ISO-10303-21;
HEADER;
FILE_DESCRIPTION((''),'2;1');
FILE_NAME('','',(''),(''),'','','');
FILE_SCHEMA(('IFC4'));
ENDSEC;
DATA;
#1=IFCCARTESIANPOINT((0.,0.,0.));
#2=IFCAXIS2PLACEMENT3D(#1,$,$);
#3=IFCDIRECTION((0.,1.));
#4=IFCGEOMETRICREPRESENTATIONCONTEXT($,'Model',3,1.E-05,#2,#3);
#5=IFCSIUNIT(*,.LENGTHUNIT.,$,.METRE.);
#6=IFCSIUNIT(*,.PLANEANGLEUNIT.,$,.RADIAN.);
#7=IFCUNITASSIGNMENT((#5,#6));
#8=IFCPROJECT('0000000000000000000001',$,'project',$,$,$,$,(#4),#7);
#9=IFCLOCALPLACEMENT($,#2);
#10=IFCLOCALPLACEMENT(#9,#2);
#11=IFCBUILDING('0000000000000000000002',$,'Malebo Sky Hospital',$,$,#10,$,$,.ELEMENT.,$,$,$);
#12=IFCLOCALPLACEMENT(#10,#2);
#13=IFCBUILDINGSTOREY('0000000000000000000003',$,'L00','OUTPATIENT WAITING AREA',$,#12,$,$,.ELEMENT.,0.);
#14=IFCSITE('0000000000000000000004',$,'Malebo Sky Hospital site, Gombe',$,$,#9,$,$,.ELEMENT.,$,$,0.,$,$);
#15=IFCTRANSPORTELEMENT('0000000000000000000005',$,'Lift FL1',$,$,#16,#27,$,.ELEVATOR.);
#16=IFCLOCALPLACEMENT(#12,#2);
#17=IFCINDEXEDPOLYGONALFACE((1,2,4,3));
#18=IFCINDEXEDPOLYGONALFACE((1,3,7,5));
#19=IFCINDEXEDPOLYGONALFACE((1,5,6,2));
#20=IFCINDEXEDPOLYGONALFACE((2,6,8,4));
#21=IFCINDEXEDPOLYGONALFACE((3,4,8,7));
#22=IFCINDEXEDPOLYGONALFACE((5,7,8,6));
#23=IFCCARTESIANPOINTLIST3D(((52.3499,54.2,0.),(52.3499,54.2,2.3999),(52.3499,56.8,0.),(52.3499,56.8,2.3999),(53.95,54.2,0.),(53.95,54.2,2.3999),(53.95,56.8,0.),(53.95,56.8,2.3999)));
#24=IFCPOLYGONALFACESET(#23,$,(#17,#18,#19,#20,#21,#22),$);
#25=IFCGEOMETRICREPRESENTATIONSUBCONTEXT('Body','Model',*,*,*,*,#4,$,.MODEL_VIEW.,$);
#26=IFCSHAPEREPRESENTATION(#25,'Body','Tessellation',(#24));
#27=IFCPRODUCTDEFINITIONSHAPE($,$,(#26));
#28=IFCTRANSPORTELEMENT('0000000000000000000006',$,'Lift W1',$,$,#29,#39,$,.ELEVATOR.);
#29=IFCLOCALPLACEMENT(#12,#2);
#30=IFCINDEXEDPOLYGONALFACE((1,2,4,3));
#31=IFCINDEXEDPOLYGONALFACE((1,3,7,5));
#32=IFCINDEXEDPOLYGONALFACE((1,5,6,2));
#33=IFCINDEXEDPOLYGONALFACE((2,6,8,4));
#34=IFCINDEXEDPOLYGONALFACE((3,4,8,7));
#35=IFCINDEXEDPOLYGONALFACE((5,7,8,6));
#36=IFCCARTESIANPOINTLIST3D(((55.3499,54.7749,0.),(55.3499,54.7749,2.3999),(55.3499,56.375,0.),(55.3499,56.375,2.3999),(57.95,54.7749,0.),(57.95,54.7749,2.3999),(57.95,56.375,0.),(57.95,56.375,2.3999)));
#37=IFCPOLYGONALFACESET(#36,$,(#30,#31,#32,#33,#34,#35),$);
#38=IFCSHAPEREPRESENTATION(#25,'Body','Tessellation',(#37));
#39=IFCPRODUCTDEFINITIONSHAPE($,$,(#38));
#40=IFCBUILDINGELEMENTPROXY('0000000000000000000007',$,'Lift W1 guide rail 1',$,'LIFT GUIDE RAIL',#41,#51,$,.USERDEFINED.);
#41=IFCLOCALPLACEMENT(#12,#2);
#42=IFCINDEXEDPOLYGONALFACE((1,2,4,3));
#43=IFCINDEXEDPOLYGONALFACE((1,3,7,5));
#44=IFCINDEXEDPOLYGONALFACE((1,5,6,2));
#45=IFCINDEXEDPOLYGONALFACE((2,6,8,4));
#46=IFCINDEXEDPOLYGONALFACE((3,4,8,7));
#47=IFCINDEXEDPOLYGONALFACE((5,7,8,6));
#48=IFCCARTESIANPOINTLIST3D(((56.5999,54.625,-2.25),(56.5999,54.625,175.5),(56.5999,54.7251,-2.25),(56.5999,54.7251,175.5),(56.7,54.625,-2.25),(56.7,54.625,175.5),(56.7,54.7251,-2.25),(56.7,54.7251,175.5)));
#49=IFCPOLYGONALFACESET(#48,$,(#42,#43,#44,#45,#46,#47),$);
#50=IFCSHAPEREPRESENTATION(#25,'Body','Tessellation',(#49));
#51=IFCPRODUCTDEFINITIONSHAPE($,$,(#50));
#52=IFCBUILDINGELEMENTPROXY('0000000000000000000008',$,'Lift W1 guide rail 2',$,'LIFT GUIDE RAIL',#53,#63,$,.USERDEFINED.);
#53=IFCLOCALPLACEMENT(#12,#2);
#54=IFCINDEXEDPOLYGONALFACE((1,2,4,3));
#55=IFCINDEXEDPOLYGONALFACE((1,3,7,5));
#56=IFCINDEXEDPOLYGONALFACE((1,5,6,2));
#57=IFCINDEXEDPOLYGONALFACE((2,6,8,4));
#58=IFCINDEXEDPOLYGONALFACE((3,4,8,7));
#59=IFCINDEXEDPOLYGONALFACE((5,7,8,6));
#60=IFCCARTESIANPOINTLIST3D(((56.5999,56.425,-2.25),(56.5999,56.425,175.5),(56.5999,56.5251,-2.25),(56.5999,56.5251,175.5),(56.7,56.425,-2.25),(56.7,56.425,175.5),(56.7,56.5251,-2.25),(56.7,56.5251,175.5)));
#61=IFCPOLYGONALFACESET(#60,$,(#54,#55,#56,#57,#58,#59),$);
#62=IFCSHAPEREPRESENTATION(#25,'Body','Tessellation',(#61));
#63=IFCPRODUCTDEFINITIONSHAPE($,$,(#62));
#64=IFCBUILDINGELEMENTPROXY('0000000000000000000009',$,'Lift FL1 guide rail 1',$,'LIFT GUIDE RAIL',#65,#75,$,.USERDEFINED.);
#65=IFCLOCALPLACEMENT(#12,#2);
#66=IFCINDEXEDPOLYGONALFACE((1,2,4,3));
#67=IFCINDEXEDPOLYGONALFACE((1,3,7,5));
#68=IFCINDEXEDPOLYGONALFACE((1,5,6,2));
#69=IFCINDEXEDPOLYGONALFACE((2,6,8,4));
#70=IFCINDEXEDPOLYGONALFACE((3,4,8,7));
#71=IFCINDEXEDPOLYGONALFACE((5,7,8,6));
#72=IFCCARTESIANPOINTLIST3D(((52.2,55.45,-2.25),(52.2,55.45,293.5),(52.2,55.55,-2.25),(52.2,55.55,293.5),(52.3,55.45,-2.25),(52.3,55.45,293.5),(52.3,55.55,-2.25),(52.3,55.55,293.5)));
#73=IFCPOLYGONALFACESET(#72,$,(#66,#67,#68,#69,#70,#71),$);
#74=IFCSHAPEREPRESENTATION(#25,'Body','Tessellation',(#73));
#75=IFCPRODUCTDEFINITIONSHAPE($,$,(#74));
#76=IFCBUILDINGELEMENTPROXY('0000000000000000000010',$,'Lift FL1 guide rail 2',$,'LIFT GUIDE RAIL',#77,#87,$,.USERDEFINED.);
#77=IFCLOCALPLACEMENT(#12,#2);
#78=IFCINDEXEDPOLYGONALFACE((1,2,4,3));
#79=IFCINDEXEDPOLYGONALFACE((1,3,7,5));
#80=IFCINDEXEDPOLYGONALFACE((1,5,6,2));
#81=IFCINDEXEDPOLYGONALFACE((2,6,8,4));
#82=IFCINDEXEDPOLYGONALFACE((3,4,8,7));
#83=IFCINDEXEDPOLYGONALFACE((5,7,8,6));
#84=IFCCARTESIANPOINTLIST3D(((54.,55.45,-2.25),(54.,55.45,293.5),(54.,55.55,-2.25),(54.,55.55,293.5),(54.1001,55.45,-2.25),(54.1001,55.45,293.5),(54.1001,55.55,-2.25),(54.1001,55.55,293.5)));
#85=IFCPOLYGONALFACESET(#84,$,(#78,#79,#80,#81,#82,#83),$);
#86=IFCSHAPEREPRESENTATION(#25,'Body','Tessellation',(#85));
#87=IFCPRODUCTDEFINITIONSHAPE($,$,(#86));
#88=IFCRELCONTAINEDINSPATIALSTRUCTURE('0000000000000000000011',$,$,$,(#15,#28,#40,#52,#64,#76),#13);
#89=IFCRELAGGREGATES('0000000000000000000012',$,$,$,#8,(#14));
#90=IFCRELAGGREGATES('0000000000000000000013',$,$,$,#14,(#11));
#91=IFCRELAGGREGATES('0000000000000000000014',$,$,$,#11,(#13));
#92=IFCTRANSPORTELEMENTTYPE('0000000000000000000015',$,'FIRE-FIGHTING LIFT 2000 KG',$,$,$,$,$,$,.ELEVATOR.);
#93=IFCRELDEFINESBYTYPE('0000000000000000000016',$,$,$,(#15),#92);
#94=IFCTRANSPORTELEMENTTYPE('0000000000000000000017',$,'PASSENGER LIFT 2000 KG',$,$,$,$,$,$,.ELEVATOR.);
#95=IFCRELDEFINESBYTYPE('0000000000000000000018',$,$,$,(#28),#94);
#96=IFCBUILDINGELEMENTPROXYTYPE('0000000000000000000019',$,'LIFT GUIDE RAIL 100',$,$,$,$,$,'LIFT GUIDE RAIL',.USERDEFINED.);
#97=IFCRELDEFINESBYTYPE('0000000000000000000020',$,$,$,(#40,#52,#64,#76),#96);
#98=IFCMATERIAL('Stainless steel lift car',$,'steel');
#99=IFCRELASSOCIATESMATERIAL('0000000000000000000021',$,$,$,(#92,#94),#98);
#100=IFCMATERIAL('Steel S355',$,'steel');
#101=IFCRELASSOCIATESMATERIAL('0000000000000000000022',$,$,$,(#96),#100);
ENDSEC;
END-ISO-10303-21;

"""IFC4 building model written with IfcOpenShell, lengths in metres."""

from ifc_helpers import new_model, si_unit, direction, frame, origin, origin_2d, place, context, subcontext, project, spatial, rectangle, extrude, material, type_object, element, save


model = new_model("IFC4")

# Units and contexts
model_context = context("Model", 3, precision=1e-05, world=origin(), true_north=direction((0.0, 1.0)))
body_context = subcontext(model_context, "Body", "Model", "MODEL_VIEW")
ifc_project = project(units=[si_unit("LENGTHUNIT", "METRE"), si_unit("PLANEANGLEUNIT", "RADIAN")], contexts=[model_context])

# Site, building, storey
site_placement = place(None, origin())
site = spatial("IfcSite", under=ifc_project, at=site_placement, Name="Malebo Sky Hospital site, Gombe", CompositionType="ELEMENT", RefElevation=0.0)
building_placement = place(site_placement, origin())
building = spatial("IfcBuilding", under=site, at=building_placement, Name="Malebo Sky Hospital", CompositionType="ELEMENT")
storey_placement = place(building_placement, origin())
storey = spatial("IfcBuildingStorey", under=building, at=storey_placement, Name="L00", Description="OUTPATIENT WAITING AREA", CompositionType="ELEMENT", Elevation=0.0)

# Transport elements
ifc_material_1 = material(Name="Stainless steel lift car", Category="steel")
transport_element_type_1 = type_object("IfcTransportElementType", Name="FIRE-FIGHTING LIFT 2000 KG", PredefinedType="ELEVATOR", material=ifc_material_1)
transport_element_1_placement = place(storey_placement, frame((53.1499, 55.5, 0.0)))
element("IfcTransportElement", 1, at=transport_element_1_placement, inside=storey, type_object=transport_element_type_1, Name="Lift FL1", PredefinedType="ELEVATOR", context=body_context, shape_type="SweptSolid", body=[
    extrude(rectangle(XDim=1.6001, YDim=2.6001, at=origin_2d()), origin(), (0.0, 0.0, 1.0), 2.3999),
])
transport_element_type_2 = type_object("IfcTransportElementType", Name="PASSENGER LIFT 2000 KG", PredefinedType="ELEVATOR", material=ifc_material_1)
transport_element_2_placement = place(storey_placement, frame((56.6499, 55.575, 0.0)))
element("IfcTransportElement", 2, at=transport_element_2_placement, inside=storey, type_object=transport_element_type_2, Name="Lift W1", PredefinedType="ELEVATOR", context=body_context, shape_type="SweptSolid", body=[
    extrude(rectangle(XDim=2.6001, YDim=1.6001, at=origin_2d()), origin(), (0.0, 0.0, 1.0), 2.3999),
])

# Building element proxies
ifc_material_2 = material(Name="Steel S355", Category="steel")
building_element_proxy_type = type_object("IfcBuildingElementProxyType", Name="LIFT GUIDE RAIL 100", ElementType="LIFT GUIDE RAIL", PredefinedType="USERDEFINED", material=ifc_material_2)
for number, where, name in (
    (3, (56.6499, 54.675, 0.0), "Lift W1 guide rail 1"),
    (4, (56.6499, 56.4751, 0.0), "Lift W1 guide rail 2"),
):
    element("IfcBuildingElementProxy", number, at=place(storey_placement, frame(where)), inside=storey, type_object=building_element_proxy_type, Name=name, ObjectType="LIFT GUIDE RAIL", PredefinedType="USERDEFINED", context=body_context, shape_type="SweptSolid", body=[
        extrude(rectangle(XDim=0.1001, YDim=0.1001, at=origin_2d()), frame((0.0, 0.0, -2.25)), (0.0, 0.0, 1.0), 177.75),
    ])
for number, where, name in (
    (5, (52.25, 55.5, 0.0), "Lift FL1 guide rail 1"),
    (6, (54.05, 55.5, 0.0), "Lift FL1 guide rail 2"),
):
    element("IfcBuildingElementProxy", number, at=place(storey_placement, frame(where)), inside=storey, type_object=building_element_proxy_type, Name=name, ObjectType="LIFT GUIDE RAIL", PredefinedType="USERDEFINED", context=body_context, shape_type="SweptSolid", body=[
        extrude(rectangle(XDim=0.1001, YDim=0.1001, at=origin_2d()), frame((0.0, 0.0, -2.25)), (0.0, 0.0, 1.0), 295.75),
    ])

save(model, "model.ifc")
